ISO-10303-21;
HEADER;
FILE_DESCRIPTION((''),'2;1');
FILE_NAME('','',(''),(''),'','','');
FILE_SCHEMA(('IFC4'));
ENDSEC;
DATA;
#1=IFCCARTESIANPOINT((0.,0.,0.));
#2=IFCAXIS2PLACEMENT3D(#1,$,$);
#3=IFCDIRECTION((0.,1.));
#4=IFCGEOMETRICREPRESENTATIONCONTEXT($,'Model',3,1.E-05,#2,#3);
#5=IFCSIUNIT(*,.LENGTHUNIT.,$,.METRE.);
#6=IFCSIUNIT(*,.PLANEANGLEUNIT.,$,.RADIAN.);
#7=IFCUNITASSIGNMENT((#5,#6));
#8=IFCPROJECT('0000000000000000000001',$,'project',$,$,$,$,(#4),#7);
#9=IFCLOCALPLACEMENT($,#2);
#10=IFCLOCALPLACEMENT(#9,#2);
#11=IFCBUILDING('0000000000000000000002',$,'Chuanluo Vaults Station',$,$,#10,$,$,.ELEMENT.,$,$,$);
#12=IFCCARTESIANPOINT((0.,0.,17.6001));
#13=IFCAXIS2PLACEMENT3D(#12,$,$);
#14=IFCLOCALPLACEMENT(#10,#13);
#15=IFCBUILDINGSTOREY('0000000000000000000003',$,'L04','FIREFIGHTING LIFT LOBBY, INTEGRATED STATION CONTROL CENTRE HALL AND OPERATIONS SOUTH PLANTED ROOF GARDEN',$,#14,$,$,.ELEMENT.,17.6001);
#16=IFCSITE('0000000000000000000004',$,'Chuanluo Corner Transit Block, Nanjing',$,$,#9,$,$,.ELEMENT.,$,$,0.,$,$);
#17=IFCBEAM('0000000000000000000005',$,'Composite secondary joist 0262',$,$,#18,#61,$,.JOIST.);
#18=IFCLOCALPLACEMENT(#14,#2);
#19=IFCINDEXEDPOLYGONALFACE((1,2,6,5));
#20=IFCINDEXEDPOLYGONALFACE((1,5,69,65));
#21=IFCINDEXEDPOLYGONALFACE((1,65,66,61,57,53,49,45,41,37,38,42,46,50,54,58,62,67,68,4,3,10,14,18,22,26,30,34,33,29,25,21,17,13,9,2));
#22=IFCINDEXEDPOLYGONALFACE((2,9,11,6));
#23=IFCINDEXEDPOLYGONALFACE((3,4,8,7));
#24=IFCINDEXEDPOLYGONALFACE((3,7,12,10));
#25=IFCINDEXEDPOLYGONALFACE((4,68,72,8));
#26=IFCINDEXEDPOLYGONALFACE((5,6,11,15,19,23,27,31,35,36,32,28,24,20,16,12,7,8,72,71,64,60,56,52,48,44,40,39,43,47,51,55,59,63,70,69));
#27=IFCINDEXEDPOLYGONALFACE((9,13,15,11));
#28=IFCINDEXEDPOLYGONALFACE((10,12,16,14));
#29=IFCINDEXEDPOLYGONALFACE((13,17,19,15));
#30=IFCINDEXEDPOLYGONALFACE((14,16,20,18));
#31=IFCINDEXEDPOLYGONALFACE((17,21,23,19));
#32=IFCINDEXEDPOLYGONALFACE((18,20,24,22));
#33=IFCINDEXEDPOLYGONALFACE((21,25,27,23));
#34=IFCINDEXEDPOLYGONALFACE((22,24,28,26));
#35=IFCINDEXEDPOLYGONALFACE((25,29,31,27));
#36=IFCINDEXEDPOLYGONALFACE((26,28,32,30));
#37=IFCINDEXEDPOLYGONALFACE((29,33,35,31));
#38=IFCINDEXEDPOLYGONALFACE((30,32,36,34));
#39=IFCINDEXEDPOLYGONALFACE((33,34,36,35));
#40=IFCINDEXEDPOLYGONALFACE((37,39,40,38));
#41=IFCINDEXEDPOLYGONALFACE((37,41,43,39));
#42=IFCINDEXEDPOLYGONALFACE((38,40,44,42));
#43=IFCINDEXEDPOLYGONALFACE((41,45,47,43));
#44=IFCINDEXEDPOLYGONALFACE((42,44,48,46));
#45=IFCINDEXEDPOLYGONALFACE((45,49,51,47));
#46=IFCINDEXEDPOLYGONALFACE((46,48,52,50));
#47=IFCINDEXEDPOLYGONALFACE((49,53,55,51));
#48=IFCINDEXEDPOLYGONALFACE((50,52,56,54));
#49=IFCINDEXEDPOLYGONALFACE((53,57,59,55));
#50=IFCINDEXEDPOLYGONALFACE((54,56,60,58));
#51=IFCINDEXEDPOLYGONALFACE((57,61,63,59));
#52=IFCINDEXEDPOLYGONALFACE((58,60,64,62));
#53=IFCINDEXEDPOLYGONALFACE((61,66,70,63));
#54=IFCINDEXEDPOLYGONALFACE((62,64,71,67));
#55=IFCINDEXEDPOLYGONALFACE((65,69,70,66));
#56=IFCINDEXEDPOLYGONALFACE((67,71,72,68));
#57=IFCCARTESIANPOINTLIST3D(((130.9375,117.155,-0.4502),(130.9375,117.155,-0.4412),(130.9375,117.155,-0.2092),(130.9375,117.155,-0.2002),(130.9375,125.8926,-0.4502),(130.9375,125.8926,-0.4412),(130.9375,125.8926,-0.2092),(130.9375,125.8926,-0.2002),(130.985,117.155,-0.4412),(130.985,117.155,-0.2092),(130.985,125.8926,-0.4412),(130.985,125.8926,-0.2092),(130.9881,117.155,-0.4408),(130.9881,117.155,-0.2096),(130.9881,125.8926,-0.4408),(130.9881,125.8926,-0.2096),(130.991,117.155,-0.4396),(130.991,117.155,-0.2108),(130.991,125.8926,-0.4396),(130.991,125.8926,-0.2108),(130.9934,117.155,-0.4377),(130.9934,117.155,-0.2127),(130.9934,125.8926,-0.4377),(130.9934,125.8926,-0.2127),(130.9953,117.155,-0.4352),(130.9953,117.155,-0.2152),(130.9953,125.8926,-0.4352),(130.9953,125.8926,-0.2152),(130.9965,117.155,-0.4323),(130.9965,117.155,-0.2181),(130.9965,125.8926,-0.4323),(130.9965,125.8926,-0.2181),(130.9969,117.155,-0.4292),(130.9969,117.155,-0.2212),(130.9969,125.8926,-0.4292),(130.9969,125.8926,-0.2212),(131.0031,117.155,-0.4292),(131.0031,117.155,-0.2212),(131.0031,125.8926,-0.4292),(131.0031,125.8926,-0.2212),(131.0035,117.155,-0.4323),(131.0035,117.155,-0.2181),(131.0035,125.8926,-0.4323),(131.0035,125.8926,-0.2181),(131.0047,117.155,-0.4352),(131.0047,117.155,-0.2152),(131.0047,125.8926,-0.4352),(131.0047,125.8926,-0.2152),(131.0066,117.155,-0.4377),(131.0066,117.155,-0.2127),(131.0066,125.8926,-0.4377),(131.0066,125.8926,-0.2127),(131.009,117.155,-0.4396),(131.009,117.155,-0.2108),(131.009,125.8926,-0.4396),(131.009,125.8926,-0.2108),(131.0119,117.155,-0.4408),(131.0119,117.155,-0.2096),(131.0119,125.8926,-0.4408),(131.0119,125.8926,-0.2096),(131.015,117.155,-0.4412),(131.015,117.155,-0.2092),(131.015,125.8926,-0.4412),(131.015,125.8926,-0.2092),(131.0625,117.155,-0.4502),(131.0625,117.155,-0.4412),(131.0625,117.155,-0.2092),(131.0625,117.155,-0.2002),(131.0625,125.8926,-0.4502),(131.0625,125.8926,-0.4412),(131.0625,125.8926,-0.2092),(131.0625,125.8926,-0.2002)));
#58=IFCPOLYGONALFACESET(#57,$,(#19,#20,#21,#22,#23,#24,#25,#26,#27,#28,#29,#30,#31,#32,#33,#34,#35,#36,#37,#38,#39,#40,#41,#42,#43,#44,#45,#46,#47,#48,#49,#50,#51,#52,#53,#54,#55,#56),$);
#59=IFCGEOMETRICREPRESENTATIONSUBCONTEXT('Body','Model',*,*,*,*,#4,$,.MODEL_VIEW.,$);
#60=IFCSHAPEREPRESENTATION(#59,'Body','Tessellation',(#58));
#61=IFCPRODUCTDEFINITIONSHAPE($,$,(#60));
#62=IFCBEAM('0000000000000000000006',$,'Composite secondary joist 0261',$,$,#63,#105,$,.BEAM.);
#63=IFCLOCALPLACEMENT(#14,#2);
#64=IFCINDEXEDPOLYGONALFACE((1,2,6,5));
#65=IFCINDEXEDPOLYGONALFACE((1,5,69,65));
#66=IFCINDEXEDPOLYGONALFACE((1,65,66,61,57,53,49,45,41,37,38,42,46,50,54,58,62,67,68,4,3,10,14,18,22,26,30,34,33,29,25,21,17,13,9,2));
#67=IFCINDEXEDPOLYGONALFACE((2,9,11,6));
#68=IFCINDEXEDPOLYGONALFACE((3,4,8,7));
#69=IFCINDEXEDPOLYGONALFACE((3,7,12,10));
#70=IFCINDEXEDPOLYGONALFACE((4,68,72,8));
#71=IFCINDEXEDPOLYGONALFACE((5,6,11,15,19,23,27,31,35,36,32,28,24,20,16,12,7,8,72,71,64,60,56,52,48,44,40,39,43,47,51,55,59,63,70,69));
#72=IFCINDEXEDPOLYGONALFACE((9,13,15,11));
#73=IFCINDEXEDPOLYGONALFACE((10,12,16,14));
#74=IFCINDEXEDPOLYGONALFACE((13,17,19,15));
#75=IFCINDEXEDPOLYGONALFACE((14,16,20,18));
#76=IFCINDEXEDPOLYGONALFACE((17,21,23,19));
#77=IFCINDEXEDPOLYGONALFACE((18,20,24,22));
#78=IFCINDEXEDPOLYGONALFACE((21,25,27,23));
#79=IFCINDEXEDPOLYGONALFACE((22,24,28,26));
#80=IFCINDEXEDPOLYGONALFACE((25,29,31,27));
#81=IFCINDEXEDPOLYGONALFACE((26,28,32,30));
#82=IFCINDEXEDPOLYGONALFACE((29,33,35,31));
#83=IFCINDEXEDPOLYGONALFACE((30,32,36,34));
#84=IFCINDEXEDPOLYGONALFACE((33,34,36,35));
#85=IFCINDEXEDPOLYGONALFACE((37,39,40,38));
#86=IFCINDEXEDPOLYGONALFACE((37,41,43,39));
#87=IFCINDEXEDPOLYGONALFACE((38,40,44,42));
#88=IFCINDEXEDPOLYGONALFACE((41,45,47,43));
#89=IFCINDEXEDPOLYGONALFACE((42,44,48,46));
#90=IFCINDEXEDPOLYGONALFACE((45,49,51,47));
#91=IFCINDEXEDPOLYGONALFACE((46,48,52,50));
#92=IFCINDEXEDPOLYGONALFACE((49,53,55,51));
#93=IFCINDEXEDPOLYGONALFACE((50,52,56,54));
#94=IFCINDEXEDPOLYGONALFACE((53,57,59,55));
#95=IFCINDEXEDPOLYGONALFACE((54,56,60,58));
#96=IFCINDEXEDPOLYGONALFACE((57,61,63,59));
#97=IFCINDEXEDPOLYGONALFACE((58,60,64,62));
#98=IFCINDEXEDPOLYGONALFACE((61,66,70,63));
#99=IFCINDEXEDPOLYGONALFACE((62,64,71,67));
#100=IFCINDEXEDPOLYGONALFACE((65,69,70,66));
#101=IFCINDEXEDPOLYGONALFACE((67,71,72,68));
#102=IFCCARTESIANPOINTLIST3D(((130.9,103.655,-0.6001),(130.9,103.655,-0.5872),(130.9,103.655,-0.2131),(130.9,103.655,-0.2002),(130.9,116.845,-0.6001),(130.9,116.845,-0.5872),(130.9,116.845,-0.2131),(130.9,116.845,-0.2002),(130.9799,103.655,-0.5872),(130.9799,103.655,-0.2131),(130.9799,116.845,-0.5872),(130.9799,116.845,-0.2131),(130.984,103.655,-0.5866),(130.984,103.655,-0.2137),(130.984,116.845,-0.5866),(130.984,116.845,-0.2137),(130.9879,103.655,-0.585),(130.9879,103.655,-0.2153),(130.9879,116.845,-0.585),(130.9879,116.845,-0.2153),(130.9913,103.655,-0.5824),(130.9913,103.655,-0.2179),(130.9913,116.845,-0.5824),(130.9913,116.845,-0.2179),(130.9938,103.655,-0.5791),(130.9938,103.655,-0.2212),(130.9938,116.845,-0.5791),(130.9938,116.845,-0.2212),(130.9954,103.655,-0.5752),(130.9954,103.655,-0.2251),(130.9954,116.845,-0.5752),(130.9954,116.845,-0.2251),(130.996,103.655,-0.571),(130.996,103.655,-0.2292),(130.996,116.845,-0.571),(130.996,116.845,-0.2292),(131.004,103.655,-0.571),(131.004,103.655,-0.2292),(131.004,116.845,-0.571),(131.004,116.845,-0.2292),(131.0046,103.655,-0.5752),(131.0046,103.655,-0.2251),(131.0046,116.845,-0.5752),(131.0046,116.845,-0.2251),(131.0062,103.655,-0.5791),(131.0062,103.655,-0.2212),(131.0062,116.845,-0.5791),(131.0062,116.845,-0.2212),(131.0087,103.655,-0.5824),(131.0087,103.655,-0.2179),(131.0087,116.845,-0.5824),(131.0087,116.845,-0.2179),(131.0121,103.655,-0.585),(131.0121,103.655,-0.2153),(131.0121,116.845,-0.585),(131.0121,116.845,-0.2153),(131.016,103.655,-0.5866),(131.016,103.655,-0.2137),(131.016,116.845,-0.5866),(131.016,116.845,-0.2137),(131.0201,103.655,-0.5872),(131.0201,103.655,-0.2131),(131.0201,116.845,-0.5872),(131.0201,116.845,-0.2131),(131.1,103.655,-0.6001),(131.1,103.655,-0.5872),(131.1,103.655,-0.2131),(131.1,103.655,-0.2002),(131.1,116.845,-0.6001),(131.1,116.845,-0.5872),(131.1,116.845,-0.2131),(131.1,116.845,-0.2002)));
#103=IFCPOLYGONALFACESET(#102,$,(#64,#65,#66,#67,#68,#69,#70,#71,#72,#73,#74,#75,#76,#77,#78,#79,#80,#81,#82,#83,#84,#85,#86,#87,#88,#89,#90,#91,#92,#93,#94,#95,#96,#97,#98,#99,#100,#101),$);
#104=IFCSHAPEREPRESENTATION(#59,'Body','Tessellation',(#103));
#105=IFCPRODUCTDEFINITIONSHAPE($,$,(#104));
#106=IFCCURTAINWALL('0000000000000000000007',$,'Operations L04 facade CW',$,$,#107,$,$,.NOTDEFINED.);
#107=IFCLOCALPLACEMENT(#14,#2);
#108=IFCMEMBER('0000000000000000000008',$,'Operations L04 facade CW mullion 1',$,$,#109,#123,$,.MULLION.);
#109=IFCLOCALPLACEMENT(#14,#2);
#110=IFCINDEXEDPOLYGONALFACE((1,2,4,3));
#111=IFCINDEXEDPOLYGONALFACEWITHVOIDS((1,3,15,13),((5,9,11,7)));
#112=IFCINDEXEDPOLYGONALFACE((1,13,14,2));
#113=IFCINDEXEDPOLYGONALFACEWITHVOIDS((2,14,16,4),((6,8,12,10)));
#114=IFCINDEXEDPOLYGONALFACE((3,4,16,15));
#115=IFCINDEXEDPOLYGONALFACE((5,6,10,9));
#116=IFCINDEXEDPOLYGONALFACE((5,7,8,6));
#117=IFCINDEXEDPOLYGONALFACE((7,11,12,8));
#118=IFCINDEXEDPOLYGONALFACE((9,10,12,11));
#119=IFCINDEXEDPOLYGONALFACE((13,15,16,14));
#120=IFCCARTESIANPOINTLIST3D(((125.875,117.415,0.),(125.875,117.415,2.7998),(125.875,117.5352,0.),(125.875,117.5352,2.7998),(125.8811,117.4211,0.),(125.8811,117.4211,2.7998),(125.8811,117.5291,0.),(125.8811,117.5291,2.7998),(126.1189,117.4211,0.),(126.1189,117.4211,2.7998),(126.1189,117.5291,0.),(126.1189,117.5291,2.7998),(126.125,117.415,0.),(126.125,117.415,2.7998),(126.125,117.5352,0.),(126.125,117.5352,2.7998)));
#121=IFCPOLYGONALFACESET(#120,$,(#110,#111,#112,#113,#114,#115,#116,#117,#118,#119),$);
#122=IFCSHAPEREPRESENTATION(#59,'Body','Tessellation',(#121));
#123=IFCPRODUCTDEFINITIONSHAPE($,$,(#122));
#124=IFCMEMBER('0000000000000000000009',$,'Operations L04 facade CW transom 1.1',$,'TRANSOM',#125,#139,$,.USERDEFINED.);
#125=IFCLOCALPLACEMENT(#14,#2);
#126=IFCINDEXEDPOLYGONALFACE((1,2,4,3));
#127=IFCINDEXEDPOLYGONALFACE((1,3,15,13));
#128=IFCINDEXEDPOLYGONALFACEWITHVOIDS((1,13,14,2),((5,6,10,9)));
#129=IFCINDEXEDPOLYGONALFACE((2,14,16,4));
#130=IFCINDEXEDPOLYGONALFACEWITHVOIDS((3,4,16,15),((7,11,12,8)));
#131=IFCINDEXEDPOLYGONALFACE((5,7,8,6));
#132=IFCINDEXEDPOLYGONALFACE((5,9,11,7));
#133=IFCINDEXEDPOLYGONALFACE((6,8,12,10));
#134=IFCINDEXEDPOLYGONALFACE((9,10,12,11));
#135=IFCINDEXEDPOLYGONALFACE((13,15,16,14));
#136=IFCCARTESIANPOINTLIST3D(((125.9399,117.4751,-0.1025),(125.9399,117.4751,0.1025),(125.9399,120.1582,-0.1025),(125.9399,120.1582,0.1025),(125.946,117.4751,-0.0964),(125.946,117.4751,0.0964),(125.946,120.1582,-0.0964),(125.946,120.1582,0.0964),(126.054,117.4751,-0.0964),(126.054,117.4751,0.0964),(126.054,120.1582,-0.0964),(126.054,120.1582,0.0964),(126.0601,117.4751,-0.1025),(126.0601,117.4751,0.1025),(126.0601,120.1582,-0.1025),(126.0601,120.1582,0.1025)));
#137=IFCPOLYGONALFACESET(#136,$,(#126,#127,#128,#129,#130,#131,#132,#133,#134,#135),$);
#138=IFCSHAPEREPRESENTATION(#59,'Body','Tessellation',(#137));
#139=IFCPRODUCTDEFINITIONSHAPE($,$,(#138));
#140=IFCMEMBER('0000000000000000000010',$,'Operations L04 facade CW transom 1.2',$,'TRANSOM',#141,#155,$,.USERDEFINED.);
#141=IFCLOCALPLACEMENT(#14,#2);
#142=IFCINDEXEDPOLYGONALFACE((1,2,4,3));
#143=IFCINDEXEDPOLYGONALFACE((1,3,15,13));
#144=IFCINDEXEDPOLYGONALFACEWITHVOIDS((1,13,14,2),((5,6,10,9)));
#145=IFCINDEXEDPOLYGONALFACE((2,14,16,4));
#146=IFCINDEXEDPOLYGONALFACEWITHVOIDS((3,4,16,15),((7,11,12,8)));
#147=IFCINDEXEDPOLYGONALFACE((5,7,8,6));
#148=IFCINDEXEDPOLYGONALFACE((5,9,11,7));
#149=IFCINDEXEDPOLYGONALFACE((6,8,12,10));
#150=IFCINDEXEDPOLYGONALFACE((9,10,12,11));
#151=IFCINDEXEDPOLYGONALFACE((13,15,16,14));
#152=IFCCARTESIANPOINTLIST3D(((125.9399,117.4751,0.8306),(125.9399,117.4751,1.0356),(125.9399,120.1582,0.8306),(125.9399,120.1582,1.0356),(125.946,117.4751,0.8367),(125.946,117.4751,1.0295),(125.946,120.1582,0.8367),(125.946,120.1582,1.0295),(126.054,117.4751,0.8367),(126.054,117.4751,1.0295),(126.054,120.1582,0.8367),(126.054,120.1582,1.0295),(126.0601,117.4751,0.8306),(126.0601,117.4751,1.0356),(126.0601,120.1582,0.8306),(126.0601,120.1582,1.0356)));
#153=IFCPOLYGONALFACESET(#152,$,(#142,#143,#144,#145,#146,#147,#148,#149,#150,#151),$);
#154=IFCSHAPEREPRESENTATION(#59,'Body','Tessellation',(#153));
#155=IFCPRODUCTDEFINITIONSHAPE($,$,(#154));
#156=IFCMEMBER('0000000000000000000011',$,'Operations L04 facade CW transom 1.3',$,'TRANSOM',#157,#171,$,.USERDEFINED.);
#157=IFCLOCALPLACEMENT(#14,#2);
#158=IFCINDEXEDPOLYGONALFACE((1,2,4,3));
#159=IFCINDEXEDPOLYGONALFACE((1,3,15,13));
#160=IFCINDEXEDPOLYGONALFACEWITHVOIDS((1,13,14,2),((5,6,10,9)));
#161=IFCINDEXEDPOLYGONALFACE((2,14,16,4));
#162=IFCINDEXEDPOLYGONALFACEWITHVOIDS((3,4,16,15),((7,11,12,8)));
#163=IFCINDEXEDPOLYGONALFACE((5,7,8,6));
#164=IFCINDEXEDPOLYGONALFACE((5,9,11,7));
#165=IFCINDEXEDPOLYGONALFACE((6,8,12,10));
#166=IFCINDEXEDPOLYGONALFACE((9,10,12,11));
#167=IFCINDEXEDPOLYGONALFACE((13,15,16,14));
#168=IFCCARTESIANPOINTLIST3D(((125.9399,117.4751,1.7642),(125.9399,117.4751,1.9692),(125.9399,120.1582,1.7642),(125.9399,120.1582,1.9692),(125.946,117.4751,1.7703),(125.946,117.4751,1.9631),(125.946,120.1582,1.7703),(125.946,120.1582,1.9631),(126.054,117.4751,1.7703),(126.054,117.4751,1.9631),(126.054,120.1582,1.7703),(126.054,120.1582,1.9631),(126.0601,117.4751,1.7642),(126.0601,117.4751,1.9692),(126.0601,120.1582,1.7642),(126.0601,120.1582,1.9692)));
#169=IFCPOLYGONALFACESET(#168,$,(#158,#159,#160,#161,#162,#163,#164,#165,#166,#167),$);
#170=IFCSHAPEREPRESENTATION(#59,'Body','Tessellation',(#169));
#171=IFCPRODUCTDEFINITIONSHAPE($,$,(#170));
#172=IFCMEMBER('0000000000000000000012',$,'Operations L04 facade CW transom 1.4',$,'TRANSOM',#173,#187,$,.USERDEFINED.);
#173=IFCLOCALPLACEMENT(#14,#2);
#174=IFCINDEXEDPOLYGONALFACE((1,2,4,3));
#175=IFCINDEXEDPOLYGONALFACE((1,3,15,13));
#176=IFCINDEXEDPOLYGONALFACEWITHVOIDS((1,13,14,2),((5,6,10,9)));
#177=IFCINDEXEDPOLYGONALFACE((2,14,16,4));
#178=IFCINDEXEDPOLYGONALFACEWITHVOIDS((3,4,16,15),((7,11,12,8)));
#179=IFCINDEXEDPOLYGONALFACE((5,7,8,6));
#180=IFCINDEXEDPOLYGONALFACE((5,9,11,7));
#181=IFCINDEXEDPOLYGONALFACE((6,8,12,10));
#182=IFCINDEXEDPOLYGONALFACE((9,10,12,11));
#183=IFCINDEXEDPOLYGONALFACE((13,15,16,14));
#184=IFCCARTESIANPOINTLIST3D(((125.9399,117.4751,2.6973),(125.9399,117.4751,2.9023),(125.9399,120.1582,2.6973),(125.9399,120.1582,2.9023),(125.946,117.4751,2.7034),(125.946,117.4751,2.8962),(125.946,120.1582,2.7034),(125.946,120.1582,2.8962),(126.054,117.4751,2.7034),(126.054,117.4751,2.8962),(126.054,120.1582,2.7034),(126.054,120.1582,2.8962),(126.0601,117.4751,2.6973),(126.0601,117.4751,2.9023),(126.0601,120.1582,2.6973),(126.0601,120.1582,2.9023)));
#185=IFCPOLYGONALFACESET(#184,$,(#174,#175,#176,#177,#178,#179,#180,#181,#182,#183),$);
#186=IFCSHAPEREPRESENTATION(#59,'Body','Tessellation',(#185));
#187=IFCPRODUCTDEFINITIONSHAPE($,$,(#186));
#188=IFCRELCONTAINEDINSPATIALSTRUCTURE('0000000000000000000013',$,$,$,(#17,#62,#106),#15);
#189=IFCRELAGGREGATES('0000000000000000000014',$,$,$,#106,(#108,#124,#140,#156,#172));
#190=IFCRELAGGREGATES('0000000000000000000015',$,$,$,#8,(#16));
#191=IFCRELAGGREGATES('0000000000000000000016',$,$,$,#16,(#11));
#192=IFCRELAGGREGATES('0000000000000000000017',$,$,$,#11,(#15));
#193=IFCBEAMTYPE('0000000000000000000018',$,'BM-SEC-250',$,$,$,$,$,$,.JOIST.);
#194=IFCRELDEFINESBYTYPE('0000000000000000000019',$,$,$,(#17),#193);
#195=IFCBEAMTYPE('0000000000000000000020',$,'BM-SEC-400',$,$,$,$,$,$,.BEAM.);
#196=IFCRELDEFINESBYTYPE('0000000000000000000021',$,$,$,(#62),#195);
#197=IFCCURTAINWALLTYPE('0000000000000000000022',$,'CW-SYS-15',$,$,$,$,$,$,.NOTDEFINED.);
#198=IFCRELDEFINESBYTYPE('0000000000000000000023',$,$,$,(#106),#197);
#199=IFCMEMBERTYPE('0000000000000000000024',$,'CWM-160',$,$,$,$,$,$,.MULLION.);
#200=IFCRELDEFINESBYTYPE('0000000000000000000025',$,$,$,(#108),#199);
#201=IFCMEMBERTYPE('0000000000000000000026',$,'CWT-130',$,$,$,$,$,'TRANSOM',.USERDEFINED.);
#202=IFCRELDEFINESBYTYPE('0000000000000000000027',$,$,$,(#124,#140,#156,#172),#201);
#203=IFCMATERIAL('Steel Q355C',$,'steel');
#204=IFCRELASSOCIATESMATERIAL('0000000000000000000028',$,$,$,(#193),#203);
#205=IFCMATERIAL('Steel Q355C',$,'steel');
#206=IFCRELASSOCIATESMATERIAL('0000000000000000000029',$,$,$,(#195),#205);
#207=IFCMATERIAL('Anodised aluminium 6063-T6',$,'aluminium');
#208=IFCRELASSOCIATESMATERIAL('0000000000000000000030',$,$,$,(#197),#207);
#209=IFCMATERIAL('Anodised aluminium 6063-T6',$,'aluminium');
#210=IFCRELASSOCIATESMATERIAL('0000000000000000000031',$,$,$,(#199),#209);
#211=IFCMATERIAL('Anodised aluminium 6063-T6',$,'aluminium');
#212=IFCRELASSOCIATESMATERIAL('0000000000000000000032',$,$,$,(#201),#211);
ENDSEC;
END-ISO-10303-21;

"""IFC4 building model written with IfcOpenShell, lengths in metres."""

from ifc_helpers import new_model, si_unit, direction, frame, origin, origin_2d, place, context, subcontext, project, spatial, hollow_rectangle, i_section, extrude, material, material_profile, profile_set, type_object, element, aggregate, save


model = new_model("IFC4")

# Units and contexts
model_context = context("Model", 3, precision=1e-05, world=origin(), true_north=direction((0.0, 1.0)))
body_context = subcontext(model_context, "Body", "Model", "MODEL_VIEW")
ifc_project = project(units=[si_unit("LENGTHUNIT", "METRE"), si_unit("PLANEANGLEUNIT", "RADIAN")], contexts=[model_context])

# Site, building, storey
site_placement = place(None, origin())
site = spatial("IfcSite", under=ifc_project, at=site_placement, Name="Chuanluo Corner Transit Block, Nanjing", CompositionType="ELEMENT", RefElevation=0.0)
building_placement = place(site_placement, origin())
building = spatial("IfcBuilding", under=site, at=building_placement, Name="Chuanluo Vaults Station", CompositionType="ELEMENT")
storey_placement = place(building_placement, frame((0.0, 0.0, 17.6001)))
storey = spatial("IfcBuildingStorey", under=building, at=storey_placement, Name="L04", Description="FIREFIGHTING LIFT LOBBY, INTEGRATED STATION CONTROL CENTRE HALL AND OPERATIONS SOUTH PLANTED ROOF GARDEN", CompositionType="ELEMENT", Elevation=17.6001)

# Beams
ifc_material_1 = material(Name="Steel Q355C", Category="steel")
ifc_material_profile_1 = material_profile(ifc_material_1, i_section(OverallWidth=0.125, OverallDepth=0.25, WebThickness=0.0061, FlangeThickness=0.009, FilletRadius=0.012, at=origin_2d()))
ifc_profile_set_1 = profile_set([ifc_material_profile_1], Name="Steel Q355C")
beam_type_1 = type_object("IfcBeamType", Name="BM-SEC-250", PredefinedType="JOIST", material=ifc_profile_set_1)
beam_1_placement = place(storey_placement, frame((131.0, 117.155, -0.3252), z_axis=(0.0, 1.0, 0.0), x_axis=(-1.0, 0.0, 0.0)))
element("IfcBeam", 1, at=beam_1_placement, inside=storey, type_object=beam_type_1, Name="Composite secondary joist 0262", PredefinedType="JOIST", context=body_context, shape_type="SweptSolid", body=[
    extrude(i_section(OverallWidth=0.125, OverallDepth=0.25, WebThickness=0.0061, FlangeThickness=0.009, FilletRadius=0.012, at=origin_2d()), origin(), (0.0, 0.0, 1.0), 8.7375),
])
ifc_material_2 = material(Name="Steel Q355C", Category="steel")
ifc_material_profile_2 = material_profile(ifc_material_2, i_section(OverallWidth=0.2, OverallDepth=0.3999, WebThickness=0.0081, FlangeThickness=0.0129, FilletRadius=0.0161, at=origin_2d()))
ifc_profile_set_2 = profile_set([ifc_material_profile_2], Name="Steel Q355C")
beam_type_2 = type_object("IfcBeamType", Name="BM-SEC-400", PredefinedType="BEAM", material=ifc_profile_set_2)
beam_2_placement = place(storey_placement, frame((131.0, 103.655, -0.4001), z_axis=(0.0, 1.0, 0.0), x_axis=(-1.0, 0.0, 0.0)))
element("IfcBeam", 2, at=beam_2_placement, inside=storey, type_object=beam_type_2, Name="Composite secondary joist 0261", PredefinedType="BEAM", context=body_context, shape_type="SweptSolid", body=[
    extrude(i_section(OverallWidth=0.2, OverallDepth=0.3999, WebThickness=0.0081, FlangeThickness=0.0129, FilletRadius=0.0161, at=origin_2d()), origin(), (0.0, 0.0, 1.0), 13.1899),
])

# Curtain wall, members
ifc_material_3 = material(Name="Anodised aluminium 6063-T6", Category="aluminium")
curtain_wall_type_1 = type_object("IfcCurtainWallType", Name="CW-SYS-15", PredefinedType="NOTDEFINED", material=ifc_material_3)
curtain_wall_1_placement = place(storey_placement, origin())
curtain_wall_1 = element("IfcCurtainWall", 3, at=curtain_wall_1_placement, inside=storey, type_object=curtain_wall_type_1, Name="Operations L04 facade CW", PredefinedType="NOTDEFINED")
ifc_material_4 = material(Name="Anodised aluminium 6063-T6", Category="aluminium")
ifc_material_profile_3 = material_profile(ifc_material_4, hollow_rectangle(XDim=0.1201, YDim=0.25, WallThickness=0.0061, at=origin_2d()))
ifc_profile_set_3 = profile_set([ifc_material_profile_3], Name="Anodised aluminium 6063-T6")
member_type_1 = type_object("IfcMemberType", Name="CWM-160", PredefinedType="MULLION", material=ifc_profile_set_3)
member_1_placement = place(storey_placement, frame((126.0, 117.4751, 0.0), z_axis=(0.0, 0.0, 1.0), x_axis=(0.0, 1.0, 0.0)))
member_1 = element("IfcMember", 4, at=member_1_placement, type_object=member_type_1, Name="Operations L04 facade CW mullion 1", PredefinedType="MULLION", context=body_context, shape_type="SweptSolid", body=[
    extrude(hollow_rectangle(XDim=0.1201, YDim=0.25, WallThickness=0.0061, at=origin_2d()), origin(), (0.0, 0.0, 1.0), 2.7998),
])
ifc_material_5 = material(Name="Anodised aluminium 6063-T6", Category="aluminium")
ifc_material_profile_4 = material_profile(ifc_material_5, hollow_rectangle(XDim=0.1201, YDim=0.2051, WallThickness=0.0061, at=origin_2d()))
ifc_profile_set_4 = profile_set([ifc_material_profile_4], Name="Anodised aluminium 6063-T6")
member_type_2 = type_object("IfcMemberType", Name="CWT-130", ElementType="TRANSOM", PredefinedType="USERDEFINED", material=ifc_profile_set_4)
member_2_placement = place(storey_placement, frame((126.0, 117.4751, 0.0), z_axis=(0.0, 1.0, 0.0), x_axis=(-1.0, 0.0, 0.0)))
member_2 = element("IfcMember", 5, at=member_2_placement, type_object=member_type_2, Name="Operations L04 facade CW transom 1.1", ObjectType="TRANSOM", PredefinedType="USERDEFINED", context=body_context, shape_type="SweptSolid", body=[
    extrude(hollow_rectangle(XDim=0.1201, YDim=0.2051, WallThickness=0.0061, at=origin_2d()), origin(), (0.0, 0.0, 1.0), 2.6831),
])
member_3_placement = place(storey_placement, frame((126.0, 117.4751, 0.9331), z_axis=(0.0, 1.0, 0.0), x_axis=(-1.0, 0.0, 0.0)))
member_3 = element("IfcMember", 6, at=member_3_placement, type_object=member_type_2, Name="Operations L04 facade CW transom 1.2", ObjectType="TRANSOM", PredefinedType="USERDEFINED", context=body_context, shape_type="SweptSolid", body=[
    extrude(hollow_rectangle(XDim=0.1201, YDim=0.2051, WallThickness=0.0061, at=origin_2d()), origin(), (0.0, 0.0, 1.0), 2.6831),
])
member_4_placement = place(storey_placement, frame((126.0, 117.4751, 1.8667), z_axis=(0.0, 1.0, 0.0), x_axis=(-1.0, 0.0, 0.0)))
member_4 = element("IfcMember", 7, at=member_4_placement, type_object=member_type_2, Name="Operations L04 facade CW transom 1.3", ObjectType="TRANSOM", PredefinedType="USERDEFINED", context=body_context, shape_type="SweptSolid", body=[
    extrude(hollow_rectangle(XDim=0.1201, YDim=0.2051, WallThickness=0.0061, at=origin_2d()), origin(), (0.0, 0.0, 1.0), 2.6831),
])
member_5_placement = place(storey_placement, frame((126.0, 117.4751, 2.7998), z_axis=(0.0, 1.0, 0.0), x_axis=(-1.0, 0.0, 0.0)))
member_5 = element("IfcMember", 8, at=member_5_placement, type_object=member_type_2, Name="Operations L04 facade CW transom 1.4", ObjectType="TRANSOM", PredefinedType="USERDEFINED", context=body_context, shape_type="SweptSolid", body=[
    extrude(hollow_rectangle(XDim=0.1201, YDim=0.2051, WallThickness=0.0061, at=origin_2d()), origin(), (0.0, 0.0, 1.0), 2.6831),
])

aggregate(curtain_wall_1, [member_1, member_2, member_3, member_4, member_5])

save(model, "model.ifc")
